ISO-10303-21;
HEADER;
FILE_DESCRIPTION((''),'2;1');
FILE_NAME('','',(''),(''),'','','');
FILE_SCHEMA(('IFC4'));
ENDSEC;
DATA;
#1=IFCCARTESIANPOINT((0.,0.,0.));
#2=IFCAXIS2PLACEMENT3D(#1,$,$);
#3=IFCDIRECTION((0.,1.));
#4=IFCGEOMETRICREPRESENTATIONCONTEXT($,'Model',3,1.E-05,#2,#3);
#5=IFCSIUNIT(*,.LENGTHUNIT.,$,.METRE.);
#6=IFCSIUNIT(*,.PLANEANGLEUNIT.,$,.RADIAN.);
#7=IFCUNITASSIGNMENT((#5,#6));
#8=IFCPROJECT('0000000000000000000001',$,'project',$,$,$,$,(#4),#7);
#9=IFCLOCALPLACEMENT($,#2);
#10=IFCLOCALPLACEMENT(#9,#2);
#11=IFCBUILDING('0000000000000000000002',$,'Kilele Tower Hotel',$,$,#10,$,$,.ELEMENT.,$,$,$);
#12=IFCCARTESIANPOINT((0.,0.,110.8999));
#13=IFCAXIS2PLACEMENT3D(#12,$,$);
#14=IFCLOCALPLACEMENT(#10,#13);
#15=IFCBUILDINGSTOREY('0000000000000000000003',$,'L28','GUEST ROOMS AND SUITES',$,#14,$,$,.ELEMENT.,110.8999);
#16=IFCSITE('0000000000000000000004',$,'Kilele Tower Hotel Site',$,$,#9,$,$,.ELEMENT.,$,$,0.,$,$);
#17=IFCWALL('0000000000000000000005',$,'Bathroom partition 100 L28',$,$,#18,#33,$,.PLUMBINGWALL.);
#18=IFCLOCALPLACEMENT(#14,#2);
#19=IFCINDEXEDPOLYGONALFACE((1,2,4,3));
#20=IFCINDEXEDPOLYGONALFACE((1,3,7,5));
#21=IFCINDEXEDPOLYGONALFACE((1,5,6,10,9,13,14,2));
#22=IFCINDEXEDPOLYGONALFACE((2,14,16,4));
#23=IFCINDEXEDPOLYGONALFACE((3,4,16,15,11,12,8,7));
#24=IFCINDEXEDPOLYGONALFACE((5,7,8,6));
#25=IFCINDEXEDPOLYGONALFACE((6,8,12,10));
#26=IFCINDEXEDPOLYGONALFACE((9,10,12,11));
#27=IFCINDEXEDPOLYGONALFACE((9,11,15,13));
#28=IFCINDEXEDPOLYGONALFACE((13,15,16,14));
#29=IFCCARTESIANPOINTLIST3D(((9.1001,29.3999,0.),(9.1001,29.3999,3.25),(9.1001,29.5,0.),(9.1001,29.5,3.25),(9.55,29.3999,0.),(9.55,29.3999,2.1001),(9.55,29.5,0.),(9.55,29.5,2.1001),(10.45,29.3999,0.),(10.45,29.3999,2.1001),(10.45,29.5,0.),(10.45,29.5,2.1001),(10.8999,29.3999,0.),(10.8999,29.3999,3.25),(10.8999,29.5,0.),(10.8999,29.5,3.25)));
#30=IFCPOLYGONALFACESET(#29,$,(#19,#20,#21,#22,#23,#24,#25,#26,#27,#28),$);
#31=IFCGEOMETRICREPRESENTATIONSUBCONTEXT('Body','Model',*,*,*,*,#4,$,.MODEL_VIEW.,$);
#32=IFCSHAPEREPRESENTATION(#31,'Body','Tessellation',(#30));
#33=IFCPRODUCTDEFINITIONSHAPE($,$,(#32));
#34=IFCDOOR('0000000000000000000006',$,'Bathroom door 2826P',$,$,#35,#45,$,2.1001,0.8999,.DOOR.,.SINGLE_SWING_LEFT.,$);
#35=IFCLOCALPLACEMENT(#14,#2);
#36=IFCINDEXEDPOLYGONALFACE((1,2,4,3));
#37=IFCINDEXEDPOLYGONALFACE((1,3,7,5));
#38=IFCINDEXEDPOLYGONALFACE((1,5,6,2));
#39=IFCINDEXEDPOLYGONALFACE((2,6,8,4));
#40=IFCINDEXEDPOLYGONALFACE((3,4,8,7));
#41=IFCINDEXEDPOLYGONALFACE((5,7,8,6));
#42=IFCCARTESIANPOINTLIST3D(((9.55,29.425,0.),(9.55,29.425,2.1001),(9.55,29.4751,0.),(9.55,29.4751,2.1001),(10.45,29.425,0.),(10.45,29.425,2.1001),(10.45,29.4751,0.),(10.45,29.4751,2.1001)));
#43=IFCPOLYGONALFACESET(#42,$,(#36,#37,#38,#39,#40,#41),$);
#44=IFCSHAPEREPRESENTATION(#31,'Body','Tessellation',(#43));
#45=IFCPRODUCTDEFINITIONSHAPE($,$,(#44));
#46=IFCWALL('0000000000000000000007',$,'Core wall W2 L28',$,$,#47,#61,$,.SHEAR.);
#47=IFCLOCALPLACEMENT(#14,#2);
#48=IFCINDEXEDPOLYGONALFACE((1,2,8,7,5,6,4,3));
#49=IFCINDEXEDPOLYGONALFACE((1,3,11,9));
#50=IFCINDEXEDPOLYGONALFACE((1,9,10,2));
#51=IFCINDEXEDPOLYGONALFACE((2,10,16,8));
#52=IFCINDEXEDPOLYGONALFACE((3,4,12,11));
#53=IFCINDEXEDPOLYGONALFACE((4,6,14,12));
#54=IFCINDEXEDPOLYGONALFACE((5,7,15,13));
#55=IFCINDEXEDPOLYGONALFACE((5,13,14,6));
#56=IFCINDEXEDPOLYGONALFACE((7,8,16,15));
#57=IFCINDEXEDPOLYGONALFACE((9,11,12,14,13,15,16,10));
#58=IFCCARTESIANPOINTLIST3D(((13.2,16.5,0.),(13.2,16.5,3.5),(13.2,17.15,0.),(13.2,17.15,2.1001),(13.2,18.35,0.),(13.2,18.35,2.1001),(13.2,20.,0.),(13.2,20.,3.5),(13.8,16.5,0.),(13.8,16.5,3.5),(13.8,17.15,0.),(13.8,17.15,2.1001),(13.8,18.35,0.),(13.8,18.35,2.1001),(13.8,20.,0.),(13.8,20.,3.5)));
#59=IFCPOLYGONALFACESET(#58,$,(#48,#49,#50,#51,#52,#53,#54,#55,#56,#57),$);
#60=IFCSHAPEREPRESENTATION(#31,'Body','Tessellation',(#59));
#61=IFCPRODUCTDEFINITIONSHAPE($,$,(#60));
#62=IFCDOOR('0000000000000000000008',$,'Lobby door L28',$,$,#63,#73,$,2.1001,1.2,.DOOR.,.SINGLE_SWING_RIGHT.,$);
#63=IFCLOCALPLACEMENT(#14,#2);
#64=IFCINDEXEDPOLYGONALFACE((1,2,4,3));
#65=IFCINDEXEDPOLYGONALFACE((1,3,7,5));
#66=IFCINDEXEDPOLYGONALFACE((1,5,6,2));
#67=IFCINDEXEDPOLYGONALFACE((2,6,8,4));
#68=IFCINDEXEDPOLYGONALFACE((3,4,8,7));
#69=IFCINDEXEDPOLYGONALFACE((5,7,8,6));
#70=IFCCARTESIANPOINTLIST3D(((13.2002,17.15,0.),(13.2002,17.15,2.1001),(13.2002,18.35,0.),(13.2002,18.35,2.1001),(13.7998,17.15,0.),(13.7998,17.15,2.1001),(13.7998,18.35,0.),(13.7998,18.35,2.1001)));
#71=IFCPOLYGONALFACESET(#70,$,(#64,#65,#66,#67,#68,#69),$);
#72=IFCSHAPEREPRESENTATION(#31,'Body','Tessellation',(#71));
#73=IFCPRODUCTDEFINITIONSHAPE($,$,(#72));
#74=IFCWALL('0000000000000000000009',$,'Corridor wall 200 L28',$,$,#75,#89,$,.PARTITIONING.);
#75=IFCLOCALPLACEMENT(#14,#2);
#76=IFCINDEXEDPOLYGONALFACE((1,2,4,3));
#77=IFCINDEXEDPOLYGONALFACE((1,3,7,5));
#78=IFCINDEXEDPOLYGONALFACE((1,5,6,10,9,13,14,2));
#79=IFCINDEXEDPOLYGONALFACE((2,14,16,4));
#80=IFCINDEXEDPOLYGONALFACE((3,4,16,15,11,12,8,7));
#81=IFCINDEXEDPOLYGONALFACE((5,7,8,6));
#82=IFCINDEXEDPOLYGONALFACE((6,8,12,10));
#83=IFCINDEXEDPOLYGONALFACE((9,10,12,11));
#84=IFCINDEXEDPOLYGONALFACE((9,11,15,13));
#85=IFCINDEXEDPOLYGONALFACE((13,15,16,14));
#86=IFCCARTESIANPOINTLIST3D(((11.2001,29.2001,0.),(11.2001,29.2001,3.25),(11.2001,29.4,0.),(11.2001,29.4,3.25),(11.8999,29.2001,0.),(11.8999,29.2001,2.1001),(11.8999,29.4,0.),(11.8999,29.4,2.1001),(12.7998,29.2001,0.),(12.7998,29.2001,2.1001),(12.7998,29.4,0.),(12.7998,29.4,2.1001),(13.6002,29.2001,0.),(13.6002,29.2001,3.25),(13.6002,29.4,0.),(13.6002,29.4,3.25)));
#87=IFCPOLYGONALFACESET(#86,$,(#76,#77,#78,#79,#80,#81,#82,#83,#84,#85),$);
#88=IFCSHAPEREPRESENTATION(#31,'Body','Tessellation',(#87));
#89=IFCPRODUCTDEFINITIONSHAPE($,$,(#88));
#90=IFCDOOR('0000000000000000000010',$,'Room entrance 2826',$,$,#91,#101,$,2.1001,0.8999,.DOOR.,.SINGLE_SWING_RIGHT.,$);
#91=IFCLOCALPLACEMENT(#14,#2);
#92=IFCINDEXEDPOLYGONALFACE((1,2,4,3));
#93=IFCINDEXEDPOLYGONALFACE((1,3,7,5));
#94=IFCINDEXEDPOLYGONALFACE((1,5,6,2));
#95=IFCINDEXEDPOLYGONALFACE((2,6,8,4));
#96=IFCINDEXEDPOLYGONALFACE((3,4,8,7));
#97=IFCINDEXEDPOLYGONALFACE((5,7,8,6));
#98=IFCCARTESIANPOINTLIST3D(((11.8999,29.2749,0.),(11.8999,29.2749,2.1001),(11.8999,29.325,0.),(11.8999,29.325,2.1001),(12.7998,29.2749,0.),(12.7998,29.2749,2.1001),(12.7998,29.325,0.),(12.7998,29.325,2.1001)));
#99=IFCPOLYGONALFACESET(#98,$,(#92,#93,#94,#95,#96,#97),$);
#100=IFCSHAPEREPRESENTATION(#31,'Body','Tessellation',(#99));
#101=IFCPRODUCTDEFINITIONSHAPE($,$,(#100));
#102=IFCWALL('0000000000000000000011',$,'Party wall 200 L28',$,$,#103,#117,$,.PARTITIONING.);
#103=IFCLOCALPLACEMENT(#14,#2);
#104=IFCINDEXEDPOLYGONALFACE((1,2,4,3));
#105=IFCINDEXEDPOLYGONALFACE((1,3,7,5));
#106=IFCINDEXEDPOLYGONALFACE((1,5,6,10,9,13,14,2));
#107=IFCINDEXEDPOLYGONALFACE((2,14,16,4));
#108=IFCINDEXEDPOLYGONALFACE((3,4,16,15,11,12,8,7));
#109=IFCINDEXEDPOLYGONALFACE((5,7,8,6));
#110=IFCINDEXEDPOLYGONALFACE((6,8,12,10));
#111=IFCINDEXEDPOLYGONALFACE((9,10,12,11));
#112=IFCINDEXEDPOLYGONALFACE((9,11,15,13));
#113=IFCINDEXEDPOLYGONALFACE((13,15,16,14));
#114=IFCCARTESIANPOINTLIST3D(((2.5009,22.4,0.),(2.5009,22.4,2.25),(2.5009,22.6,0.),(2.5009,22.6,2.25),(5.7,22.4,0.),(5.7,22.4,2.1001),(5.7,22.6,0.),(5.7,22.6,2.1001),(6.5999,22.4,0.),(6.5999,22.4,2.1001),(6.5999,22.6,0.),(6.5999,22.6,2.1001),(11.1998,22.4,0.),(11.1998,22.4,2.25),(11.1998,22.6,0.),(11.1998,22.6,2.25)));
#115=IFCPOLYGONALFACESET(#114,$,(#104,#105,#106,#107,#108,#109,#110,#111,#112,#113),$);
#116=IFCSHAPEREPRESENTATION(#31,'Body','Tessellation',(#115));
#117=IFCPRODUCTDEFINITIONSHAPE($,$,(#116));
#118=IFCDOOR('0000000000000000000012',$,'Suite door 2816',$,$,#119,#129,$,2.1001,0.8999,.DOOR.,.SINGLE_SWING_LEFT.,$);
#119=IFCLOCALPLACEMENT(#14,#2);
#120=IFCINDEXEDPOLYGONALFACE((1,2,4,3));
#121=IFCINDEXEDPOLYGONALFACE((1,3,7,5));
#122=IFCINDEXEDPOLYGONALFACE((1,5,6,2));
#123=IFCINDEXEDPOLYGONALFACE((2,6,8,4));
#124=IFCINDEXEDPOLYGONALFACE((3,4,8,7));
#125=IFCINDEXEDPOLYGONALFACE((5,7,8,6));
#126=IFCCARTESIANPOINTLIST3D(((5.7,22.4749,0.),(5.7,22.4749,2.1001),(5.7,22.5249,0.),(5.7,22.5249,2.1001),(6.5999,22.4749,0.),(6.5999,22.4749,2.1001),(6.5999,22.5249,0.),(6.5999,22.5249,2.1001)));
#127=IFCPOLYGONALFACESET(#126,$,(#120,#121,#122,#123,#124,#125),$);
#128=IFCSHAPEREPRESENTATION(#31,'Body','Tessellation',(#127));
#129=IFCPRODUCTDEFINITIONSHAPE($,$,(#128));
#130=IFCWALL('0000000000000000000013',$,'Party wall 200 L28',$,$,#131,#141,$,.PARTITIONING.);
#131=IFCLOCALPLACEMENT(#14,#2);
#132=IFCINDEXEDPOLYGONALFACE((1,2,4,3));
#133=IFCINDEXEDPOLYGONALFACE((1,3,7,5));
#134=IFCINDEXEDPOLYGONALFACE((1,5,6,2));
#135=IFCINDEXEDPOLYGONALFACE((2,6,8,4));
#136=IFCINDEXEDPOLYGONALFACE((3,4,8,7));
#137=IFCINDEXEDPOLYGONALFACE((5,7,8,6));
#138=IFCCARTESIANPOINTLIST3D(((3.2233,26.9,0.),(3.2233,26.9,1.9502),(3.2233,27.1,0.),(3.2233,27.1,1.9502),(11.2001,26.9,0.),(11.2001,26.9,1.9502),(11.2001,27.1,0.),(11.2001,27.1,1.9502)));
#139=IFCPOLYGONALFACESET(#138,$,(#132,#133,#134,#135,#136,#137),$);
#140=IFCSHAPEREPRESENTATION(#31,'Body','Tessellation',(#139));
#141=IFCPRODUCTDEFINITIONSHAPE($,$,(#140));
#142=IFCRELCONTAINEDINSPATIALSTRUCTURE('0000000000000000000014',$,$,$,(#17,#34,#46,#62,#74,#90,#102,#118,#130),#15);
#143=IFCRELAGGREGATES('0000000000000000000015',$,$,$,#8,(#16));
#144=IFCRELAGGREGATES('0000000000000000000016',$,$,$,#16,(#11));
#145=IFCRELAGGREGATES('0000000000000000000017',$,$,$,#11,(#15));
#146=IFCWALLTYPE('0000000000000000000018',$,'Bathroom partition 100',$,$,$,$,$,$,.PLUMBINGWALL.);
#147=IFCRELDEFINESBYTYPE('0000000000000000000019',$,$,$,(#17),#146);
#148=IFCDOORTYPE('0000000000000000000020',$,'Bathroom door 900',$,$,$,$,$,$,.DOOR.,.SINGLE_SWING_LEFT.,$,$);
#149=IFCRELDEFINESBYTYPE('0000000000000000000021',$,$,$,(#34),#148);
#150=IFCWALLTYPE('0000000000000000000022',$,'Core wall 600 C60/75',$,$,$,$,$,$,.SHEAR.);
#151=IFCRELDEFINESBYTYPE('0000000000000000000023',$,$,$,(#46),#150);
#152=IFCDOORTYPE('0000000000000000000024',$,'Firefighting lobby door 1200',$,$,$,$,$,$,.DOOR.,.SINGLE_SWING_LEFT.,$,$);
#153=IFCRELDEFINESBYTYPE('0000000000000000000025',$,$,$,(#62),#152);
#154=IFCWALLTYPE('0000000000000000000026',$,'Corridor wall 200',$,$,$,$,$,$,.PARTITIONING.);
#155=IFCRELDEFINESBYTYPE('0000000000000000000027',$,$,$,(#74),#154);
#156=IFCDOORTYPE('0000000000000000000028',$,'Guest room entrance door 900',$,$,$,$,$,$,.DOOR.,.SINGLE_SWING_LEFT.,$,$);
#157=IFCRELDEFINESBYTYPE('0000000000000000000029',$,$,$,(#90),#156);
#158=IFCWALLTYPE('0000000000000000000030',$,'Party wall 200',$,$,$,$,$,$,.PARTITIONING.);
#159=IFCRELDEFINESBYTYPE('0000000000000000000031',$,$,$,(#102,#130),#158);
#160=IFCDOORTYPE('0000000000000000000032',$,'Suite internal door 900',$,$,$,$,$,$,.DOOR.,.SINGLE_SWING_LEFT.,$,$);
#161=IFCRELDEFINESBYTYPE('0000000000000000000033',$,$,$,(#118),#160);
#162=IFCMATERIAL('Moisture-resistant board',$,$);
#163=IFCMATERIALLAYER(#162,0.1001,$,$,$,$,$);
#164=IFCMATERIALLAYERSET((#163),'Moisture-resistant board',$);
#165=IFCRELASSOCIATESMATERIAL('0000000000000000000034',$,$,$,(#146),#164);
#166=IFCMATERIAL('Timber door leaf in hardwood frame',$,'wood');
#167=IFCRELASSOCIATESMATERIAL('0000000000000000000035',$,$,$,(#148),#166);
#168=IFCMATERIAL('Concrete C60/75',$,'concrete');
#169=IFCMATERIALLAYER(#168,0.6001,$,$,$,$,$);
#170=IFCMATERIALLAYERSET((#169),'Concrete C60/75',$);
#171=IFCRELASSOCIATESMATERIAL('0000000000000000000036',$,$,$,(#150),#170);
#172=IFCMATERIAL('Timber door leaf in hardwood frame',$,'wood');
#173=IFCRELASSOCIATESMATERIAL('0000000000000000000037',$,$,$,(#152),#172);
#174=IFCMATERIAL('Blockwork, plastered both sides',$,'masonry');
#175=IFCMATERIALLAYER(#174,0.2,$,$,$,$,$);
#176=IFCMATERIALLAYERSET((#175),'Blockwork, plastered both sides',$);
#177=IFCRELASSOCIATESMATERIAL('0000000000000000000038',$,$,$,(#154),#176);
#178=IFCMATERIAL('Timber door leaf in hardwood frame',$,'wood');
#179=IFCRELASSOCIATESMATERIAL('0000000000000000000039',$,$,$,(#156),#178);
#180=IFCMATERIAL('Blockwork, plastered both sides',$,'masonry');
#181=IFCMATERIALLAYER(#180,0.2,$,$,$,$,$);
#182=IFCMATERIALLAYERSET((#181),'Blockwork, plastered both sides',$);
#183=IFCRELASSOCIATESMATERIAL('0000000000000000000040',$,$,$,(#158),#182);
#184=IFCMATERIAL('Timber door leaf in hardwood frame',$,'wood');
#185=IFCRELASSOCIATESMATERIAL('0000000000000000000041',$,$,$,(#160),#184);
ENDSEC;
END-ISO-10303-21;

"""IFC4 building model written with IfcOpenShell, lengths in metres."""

from ifc_helpers import new_model, si_unit, direction, frame, frame_2d, origin, place, context, subcontext, project, spatial, rectangle, extrude, material, layer, layer_set, type_object, element, fill, save


model = new_model("IFC4")

# Units and contexts
model_context = context("Model", 3, precision=1e-05, world=origin(), true_north=direction((0.0, 1.0)))
body_context = subcontext(model_context, "Body", "Model", "MODEL_VIEW")
ifc_project = project(units=[si_unit("LENGTHUNIT", "METRE"), si_unit("PLANEANGLEUNIT", "RADIAN")], contexts=[model_context])

# Site, building, storey
site_placement = place(None, origin())
site = spatial("IfcSite", under=ifc_project, at=site_placement, Name="Kilele Tower Hotel Site", CompositionType="ELEMENT", RefElevation=0.0)
building_placement = place(site_placement, origin())
building = spatial("IfcBuilding", under=site, at=building_placement, Name="Kilele Tower Hotel", CompositionType="ELEMENT")
storey_placement = place(building_placement, frame((0.0, 0.0, 110.8999)))
storey = spatial("IfcBuildingStorey", under=building, at=storey_placement, Name="L28", Description="GUEST ROOMS AND SUITES", CompositionType="ELEMENT", Elevation=110.8999)

# Shared definitions
ifc_material_1 = material(Name="Moisture-resistant board")
ifc_layer_1 = layer(ifc_material_1, 0.1001)
ifc_layer_set_1 = layer_set([ifc_layer_1], Name="Moisture-resistant board")
wall_type_1 = type_object("IfcWallType", Name="Bathroom partition 100", PredefinedType="PLUMBINGWALL", material=ifc_layer_set_1)
ifc_material_2 = material(Name="Timber door leaf in hardwood frame", Category="wood")
door_type_1 = type_object("IfcDoorType", Name="Bathroom door 900", OperationType="SINGLE_SWING_LEFT", PredefinedType="DOOR", material=ifc_material_2)

# Walls, openings, doors
wall_1_placement = place(storey_placement, frame((10.8999, 29.45, 0.0), z_axis=(0.0, 0.0, 1.0), x_axis=(-1.0, 0.0, 0.0)))
wall_1 = element("IfcWall", 1, at=wall_1_placement, inside=storey, type_object=wall_type_1, Name="Bathroom partition 100 L28", PredefinedType="PLUMBINGWALL", context=body_context, shape_type="SweptSolid", body=[
    extrude(rectangle(XDim=1.7998, YDim=0.1001, at=frame_2d((0.8999, 0.0))), origin(), (0.0, 0.0, 1.0), 3.25),
])
opening_1_placement = place(wall_1_placement, frame((0.45, 0.0, 0.0)))
opening_1 = element("IfcOpeningElement", 2, at=opening_1_placement, cuts=wall_1, PredefinedType="OPENING", context=body_context, shape_type="SweptSolid", body=[
    extrude(rectangle(XDim=0.8999, YDim=2.1001, at=frame_2d((0.45, 1.05))), frame((0.0, 0.0601, 0.0), z_axis=(0.0, -1.0, 0.0), x_axis=(1.0, 0.0, 0.0)), (0.0, 0.0, 1.0), 0.1201),
])
door_1_placement = place(opening_1_placement, origin())
door_1 = element("IfcDoor", 3, at=door_1_placement, inside=storey, type_object=door_type_1, Name="Bathroom door 2826P", OperationType="SINGLE_SWING_LEFT", OverallHeight=2.1001, OverallWidth=0.8999, PredefinedType="DOOR", context=body_context, shape_type="SweptSolid", body=[
    extrude(rectangle(XDim=0.8999, YDim=2.1001, at=frame_2d((0.45, 1.05))), frame((0.0, 0.0249, 0.0), z_axis=(0.0, -1.0, 0.0), x_axis=(1.0, 0.0, 0.0)), (0.0, 0.0, 1.0), 0.05),
])
fill(opening_1, door_1)
ifc_material_3 = material(Name="Concrete C60/75", Category="concrete")
ifc_layer_2 = layer(ifc_material_3, 0.6001)
ifc_layer_set_2 = layer_set([ifc_layer_2], Name="Concrete C60/75")
wall_type_2 = type_object("IfcWallType", Name="Core wall 600 C60/75", PredefinedType="SHEAR", material=ifc_layer_set_2)
wall_2_placement = place(storey_placement, frame((13.5, 20.0, 0.0), z_axis=(0.0, 0.0, 1.0), x_axis=(0.0, -1.0, 0.0)))
wall_2 = element("IfcWall", 4, at=wall_2_placement, inside=storey, type_object=wall_type_2, Name="Core wall W2 L28", PredefinedType="SHEAR", context=body_context, shape_type="SweptSolid", body=[
    extrude(rectangle(XDim=3.5, YDim=0.6001, at=frame_2d((1.75, 0.0))), origin(), (0.0, 0.0, 1.0), 3.5),
])
opening_2_placement = place(wall_2_placement, frame((1.6499, 0.0, 0.0)))
opening_2 = element("IfcOpeningElement", 5, at=opening_2_placement, cuts=wall_2, PredefinedType="OPENING", context=body_context, shape_type="SweptSolid", body=[
    extrude(rectangle(XDim=1.2, YDim=2.1001, at=frame_2d((0.6001, 1.05))), frame((0.0, 0.3101, 0.0), z_axis=(0.0, -1.0, 0.0), x_axis=(1.0, 0.0, 0.0)), (0.0, 0.0, 1.0), 0.6201),
])
ifc_material_4 = material(Name="Timber door leaf in hardwood frame", Category="wood")
door_type_2 = type_object("IfcDoorType", Name="Firefighting lobby door 1200", OperationType="SINGLE_SWING_LEFT", PredefinedType="DOOR", material=ifc_material_4)
door_2_placement = place(opening_2_placement, origin())
door_2 = element("IfcDoor", 6, at=door_2_placement, inside=storey, type_object=door_type_2, Name="Lobby door L28", OperationType="SINGLE_SWING_RIGHT", OverallHeight=2.1001, OverallWidth=1.2, PredefinedType="DOOR", context=body_context, shape_type="SweptSolid", body=[
    extrude(rectangle(XDim=1.2, YDim=2.1001, at=frame_2d((0.6001, 1.05))), frame((0.0, 0.2998, 0.0), z_axis=(0.0, -1.0, 0.0), x_axis=(1.0, 0.0, 0.0)), (0.0, 0.0, 1.0), 0.5996),
])
fill(opening_2, door_2)
ifc_material_5 = material(Name="Blockwork, plastered both sides", Category="masonry")
ifc_layer_3 = layer(ifc_material_5, 0.2)
ifc_layer_set_3 = layer_set([ifc_layer_3], Name="Blockwork, plastered both sides")
wall_type_3 = type_object("IfcWallType", Name="Corridor wall 200", PredefinedType="PARTITIONING", material=ifc_layer_set_3)
wall_3_placement = place(storey_placement, frame((11.2, 29.3, 0.0), z_axis=(0.0, 0.0, 1.0), x_axis=(1.0, 0.0, 0.0)))
wall_3 = element("IfcWall", 7, at=wall_3_placement, inside=storey, type_object=wall_type_3, Name="Corridor wall 200 L28", PredefinedType="PARTITIONING", context=body_context, shape_type="SweptSolid", body=[
    extrude(rectangle(XDim=2.4001, YDim=0.2, at=frame_2d((1.2002, 0.0))), origin(), (0.0, 0.0, 1.0), 3.25),
])
opening_3_placement = place(wall_3_placement, frame((0.7, 0.0, 0.0)))
opening_3 = element("IfcOpeningElement", 8, at=opening_3_placement, cuts=wall_3, PredefinedType="OPENING", context=body_context, shape_type="SweptSolid", body=[
    extrude(rectangle(XDim=0.8999, YDim=2.1001, at=frame_2d((0.45, 1.05))), frame((0.0, 0.1099, 0.0), z_axis=(0.0, -1.0, 0.0), x_axis=(1.0, 0.0, 0.0)), (0.0, 0.0, 1.0), 0.22),
])
ifc_material_6 = material(Name="Timber door leaf in hardwood frame", Category="wood")
door_type_3 = type_object("IfcDoorType", Name="Guest room entrance door 900", OperationType="SINGLE_SWING_LEFT", PredefinedType="DOOR", material=ifc_material_6)
door_3_placement = place(opening_3_placement, origin())
door_3 = element("IfcDoor", 9, at=door_3_placement, inside=storey, type_object=door_type_3, Name="Room entrance 2826", OperationType="SINGLE_SWING_RIGHT", OverallHeight=2.1001, OverallWidth=0.8999, PredefinedType="DOOR", context=body_context, shape_type="SweptSolid", body=[
    extrude(rectangle(XDim=0.8999, YDim=2.1001, at=frame_2d((0.45, 1.05))), frame((0.0, 0.0249, 0.0), z_axis=(0.0, -1.0, 0.0), x_axis=(1.0, 0.0, 0.0)), (0.0, 0.0, 1.0), 0.05),
])
fill(opening_3, door_3)
ifc_material_7 = material(Name="Blockwork, plastered both sides", Category="masonry")
ifc_layer_4 = layer(ifc_material_7, 0.2)
ifc_layer_set_4 = layer_set([ifc_layer_4], Name="Blockwork, plastered both sides")
wall_type_4 = type_object("IfcWallType", Name="Party wall 200", PredefinedType="PARTITIONING", material=ifc_layer_set_4)
wall_4_placement = place(storey_placement, frame((11.2, 22.5, 0.0), z_axis=(0.0, 0.0, 1.0), x_axis=(-1.0, 0.0, 0.0)))
wall_4 = element("IfcWall", 10, at=wall_4_placement, inside=storey, type_object=wall_type_4, Name="Party wall 200 L28", PredefinedType="PARTITIONING", context=body_context, shape_type="SweptSolid", body=[
    extrude(rectangle(XDim=8.699, YDim=0.2, at=frame_2d((4.3496, 0.0))), origin(), (0.0, 0.0, 1.0), 2.25),
])
opening_4_placement = place(wall_4_placement, frame((5.5, 0.0, 0.0), z_axis=(0.0, 0.0, 1.0), x_axis=(-1.0, 0.0, 0.0)))
opening_4 = element("IfcOpeningElement", 11, at=opening_4_placement, cuts=wall_4, PredefinedType="OPENING", context=body_context, shape_type="SweptSolid", body=[
    extrude(rectangle(XDim=0.8999, YDim=2.1001, at=frame_2d((0.45, 1.05))), frame((0.0, 0.1099, 0.0), z_axis=(0.0, -1.0, 0.0), x_axis=(1.0, 0.0, 0.0)), (0.0, 0.0, 1.0), 0.22),
])
ifc_material_8 = material(Name="Timber door leaf in hardwood frame", Category="wood")
door_type_4 = type_object("IfcDoorType", Name="Suite internal door 900", OperationType="SINGLE_SWING_LEFT", PredefinedType="DOOR", material=ifc_material_8)
door_4_placement = place(opening_4_placement, origin())
door_4 = element("IfcDoor", 12, at=door_4_placement, inside=storey, type_object=door_type_4, Name="Suite door 2816", OperationType="SINGLE_SWING_LEFT", OverallHeight=2.1001, OverallWidth=0.8999, PredefinedType="DOOR", context=body_context, shape_type="SweptSolid", body=[
    extrude(rectangle(XDim=0.8999, YDim=2.1001, at=frame_2d((0.45, 1.05))), frame((0.0, 0.0249, 0.0), z_axis=(0.0, -1.0, 0.0), x_axis=(1.0, 0.0, 0.0)), (0.0, 0.0, 1.0), 0.05),
])
fill(opening_4, door_4)

# Wall
wall_5_placement = place(storey_placement, frame((11.2, 27.0, 0.0), z_axis=(0.0, 0.0, 1.0), x_axis=(-1.0, 0.0, 0.0)))
element("IfcWall", 13, at=wall_5_placement, inside=storey, type_object=wall_type_4, Name="Party wall 200 L28", PredefinedType="PARTITIONING", context=body_context, shape_type="SweptSolid", body=[
    extrude(rectangle(XDim=7.9768, YDim=0.2, at=frame_2d((3.9883, 0.0))), origin(), (0.0, 0.0, 1.0), 1.9502),
])

save(model, "model.ifc")
